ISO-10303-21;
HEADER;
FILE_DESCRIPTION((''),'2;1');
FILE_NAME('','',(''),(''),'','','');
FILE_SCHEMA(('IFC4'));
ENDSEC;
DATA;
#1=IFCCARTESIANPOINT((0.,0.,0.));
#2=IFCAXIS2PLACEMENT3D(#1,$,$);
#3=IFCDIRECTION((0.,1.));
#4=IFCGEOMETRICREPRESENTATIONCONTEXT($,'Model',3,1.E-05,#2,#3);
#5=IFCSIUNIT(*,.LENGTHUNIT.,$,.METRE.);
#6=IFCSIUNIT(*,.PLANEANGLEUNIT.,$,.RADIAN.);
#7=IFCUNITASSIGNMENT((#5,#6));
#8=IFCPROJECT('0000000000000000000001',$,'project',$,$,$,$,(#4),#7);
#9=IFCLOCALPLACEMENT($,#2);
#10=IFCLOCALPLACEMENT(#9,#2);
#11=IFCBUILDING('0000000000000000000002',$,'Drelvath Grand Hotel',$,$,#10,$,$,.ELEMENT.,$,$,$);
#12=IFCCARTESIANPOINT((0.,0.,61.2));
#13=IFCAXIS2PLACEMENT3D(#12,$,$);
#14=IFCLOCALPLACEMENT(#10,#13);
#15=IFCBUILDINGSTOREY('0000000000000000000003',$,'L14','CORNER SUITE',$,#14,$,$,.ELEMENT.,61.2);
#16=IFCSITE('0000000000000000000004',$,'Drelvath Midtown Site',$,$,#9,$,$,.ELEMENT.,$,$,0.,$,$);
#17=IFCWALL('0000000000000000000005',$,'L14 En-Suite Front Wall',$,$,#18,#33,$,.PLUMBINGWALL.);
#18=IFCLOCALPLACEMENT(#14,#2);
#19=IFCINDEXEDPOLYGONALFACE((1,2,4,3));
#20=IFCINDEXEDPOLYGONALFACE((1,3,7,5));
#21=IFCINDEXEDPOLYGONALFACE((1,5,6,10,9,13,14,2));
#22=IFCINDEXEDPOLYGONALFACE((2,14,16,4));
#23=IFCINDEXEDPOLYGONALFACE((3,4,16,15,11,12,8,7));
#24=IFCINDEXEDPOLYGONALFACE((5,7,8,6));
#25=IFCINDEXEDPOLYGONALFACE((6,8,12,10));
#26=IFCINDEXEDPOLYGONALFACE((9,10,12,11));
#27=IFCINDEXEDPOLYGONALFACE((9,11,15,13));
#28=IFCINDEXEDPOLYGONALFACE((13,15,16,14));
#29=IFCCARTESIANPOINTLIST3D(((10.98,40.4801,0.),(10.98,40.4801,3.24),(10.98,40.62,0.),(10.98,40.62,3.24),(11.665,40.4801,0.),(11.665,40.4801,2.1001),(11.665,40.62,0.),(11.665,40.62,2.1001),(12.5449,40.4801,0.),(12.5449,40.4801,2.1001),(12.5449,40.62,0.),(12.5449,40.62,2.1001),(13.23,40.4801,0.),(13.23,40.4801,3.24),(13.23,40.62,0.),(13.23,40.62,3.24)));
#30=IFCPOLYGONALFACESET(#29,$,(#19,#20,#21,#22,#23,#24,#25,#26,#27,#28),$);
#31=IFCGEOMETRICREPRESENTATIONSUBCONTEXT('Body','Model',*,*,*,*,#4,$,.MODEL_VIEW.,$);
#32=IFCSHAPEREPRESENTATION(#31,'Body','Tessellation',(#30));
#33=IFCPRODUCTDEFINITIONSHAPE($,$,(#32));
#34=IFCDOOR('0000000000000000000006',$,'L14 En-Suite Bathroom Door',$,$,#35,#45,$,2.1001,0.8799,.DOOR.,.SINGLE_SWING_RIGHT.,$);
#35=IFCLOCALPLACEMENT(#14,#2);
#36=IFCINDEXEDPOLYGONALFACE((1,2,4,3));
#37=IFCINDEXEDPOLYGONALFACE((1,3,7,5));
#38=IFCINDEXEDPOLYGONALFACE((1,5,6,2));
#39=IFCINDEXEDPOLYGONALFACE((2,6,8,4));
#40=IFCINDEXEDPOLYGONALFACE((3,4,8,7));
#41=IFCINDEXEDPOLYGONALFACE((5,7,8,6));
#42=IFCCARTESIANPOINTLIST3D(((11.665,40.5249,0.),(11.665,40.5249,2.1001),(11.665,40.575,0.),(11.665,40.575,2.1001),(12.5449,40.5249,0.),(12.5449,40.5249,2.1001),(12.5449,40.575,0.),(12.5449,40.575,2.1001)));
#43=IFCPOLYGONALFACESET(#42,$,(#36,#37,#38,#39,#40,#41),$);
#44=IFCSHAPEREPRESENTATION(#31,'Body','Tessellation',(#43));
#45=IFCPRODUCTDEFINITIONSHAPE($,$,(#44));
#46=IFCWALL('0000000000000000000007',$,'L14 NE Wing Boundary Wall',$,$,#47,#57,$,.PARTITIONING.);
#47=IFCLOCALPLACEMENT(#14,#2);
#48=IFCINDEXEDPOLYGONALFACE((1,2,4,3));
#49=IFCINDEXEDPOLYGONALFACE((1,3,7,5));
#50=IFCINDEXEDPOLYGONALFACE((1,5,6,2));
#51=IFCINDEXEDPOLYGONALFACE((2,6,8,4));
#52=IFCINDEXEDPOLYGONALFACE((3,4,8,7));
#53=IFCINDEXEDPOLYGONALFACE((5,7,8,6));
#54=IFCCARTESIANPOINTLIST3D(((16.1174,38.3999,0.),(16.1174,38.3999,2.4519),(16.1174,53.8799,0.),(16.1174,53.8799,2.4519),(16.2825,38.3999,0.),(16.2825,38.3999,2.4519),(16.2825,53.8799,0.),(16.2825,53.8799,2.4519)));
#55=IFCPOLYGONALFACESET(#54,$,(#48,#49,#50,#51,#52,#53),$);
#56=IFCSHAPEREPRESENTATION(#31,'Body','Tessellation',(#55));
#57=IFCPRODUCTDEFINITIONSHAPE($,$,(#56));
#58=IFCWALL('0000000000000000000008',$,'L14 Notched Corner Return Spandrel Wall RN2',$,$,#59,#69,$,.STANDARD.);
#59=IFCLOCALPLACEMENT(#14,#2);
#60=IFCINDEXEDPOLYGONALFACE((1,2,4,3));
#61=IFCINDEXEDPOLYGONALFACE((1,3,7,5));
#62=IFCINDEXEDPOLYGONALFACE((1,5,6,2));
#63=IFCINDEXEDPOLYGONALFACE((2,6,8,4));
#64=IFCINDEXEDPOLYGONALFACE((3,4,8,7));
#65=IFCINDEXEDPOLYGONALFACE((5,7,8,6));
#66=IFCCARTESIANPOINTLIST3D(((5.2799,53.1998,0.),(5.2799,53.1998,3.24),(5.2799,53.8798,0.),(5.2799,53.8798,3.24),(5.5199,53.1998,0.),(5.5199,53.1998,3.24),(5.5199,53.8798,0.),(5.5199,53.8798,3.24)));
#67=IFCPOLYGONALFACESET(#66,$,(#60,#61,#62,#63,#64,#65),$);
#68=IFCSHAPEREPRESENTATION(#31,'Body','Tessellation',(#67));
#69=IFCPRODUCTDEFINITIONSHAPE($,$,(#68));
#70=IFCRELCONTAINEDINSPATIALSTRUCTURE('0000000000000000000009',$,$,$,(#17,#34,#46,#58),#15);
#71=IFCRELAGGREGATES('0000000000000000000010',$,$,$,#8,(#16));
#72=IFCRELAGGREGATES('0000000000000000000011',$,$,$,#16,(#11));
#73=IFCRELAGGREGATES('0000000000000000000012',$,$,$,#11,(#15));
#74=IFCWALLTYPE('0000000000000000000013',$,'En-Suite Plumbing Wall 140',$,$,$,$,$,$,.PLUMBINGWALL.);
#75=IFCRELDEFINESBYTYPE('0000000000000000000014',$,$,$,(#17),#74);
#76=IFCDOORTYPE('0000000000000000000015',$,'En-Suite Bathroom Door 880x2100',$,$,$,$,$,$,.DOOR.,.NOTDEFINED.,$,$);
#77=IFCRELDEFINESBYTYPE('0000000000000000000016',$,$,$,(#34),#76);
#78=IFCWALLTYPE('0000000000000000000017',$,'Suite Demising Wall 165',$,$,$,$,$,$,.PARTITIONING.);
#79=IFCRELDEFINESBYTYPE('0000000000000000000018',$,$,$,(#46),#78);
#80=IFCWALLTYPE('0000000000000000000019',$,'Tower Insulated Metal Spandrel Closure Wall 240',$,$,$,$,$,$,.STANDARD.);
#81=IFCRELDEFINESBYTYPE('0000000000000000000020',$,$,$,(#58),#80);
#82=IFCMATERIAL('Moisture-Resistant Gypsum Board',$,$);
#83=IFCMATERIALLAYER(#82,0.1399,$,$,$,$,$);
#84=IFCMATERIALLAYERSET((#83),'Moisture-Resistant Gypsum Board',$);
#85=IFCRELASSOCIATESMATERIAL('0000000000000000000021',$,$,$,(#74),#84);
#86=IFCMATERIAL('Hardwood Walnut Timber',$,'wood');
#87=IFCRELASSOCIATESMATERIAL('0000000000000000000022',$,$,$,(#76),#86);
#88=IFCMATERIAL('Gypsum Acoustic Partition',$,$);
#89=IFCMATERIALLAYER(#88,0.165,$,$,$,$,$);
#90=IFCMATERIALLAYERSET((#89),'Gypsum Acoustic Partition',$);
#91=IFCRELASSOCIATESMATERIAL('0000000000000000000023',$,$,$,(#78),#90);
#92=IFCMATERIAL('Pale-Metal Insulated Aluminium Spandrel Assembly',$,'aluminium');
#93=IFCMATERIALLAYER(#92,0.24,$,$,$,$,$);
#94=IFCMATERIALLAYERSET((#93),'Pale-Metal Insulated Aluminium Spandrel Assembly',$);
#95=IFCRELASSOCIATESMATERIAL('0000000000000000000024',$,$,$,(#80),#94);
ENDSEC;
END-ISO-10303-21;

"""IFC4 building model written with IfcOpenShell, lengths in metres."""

from ifc_helpers import new_model, si_unit, direction, frame, frame_2d, origin, place, context, subcontext, project, spatial, rectangle, extrude, material, layer, layer_set, type_object, element, fill, save


model = new_model("IFC4")

# Units and contexts
model_context = context("Model", 3, precision=1e-05, world=origin(), true_north=direction((0.0, 1.0)))
body_context = subcontext(model_context, "Body", "Model", "MODEL_VIEW")
ifc_project = project(units=[si_unit("LENGTHUNIT", "METRE"), si_unit("PLANEANGLEUNIT", "RADIAN")], contexts=[model_context])

# Site, building, storey
site_placement = place(None, origin())
site = spatial("IfcSite", under=ifc_project, at=site_placement, Name="Drelvath Midtown Site", CompositionType="ELEMENT", RefElevation=0.0)
building_placement = place(site_placement, origin())
building = spatial("IfcBuilding", under=site, at=building_placement, Name="Drelvath Grand Hotel", CompositionType="ELEMENT")
storey_placement = place(building_placement, frame((0.0, 0.0, 61.2)))
storey = spatial("IfcBuildingStorey", under=building, at=storey_placement, Name="L14", Description="CORNER SUITE", CompositionType="ELEMENT", Elevation=61.2)

# Shared definitions
ifc_material_1 = material(Name="Moisture-Resistant Gypsum Board")
ifc_layer_1 = layer(ifc_material_1, 0.1399)
ifc_layer_set_1 = layer_set([ifc_layer_1], Name="Moisture-Resistant Gypsum Board")
wall_type_1 = type_object("IfcWallType", Name="En-Suite Plumbing Wall 140", PredefinedType="PLUMBINGWALL", material=ifc_layer_set_1)
ifc_material_2 = material(Name="Hardwood Walnut Timber", Category="wood")
door_type = type_object("IfcDoorType", Name="En-Suite Bathroom Door 880x2100", OperationType="NOTDEFINED", PredefinedType="DOOR", material=ifc_material_2)

# Wall, opening, door
wall_1_placement = place(storey_placement, frame((10.98, 40.55, 0.0), z_axis=(0.0, 0.0, 1.0), x_axis=(1.0, 0.0, 0.0)))
wall_1 = element("IfcWall", 1, at=wall_1_placement, inside=storey, type_object=wall_type_1, Name="L14 En-Suite Front Wall", PredefinedType="PLUMBINGWALL", context=body_context, shape_type="SweptSolid", body=[
    extrude(rectangle(XDim=2.25, YDim=0.1399, at=frame_2d((1.125, 0.0))), origin(), (0.0, 0.0, 1.0), 3.24),
])
opening_1_placement = place(wall_1_placement, frame((0.6851, 0.0, 0.0)))
opening_1 = element("IfcOpeningElement", 2, at=opening_1_placement, cuts=wall_1, PredefinedType="OPENING", context=body_context, shape_type="SweptSolid", body=[
    extrude(rectangle(XDim=0.8799, YDim=2.1001, at=frame_2d((0.4399, 1.05))), frame((0.0, 0.0798, 0.0), z_axis=(0.0, -1.0, 0.0), x_axis=(1.0, 0.0, 0.0)), (0.0, 0.0, 1.0), 0.1599),
])
door_1_placement = place(opening_1_placement, origin())
door_1 = element("IfcDoor", 3, at=door_1_placement, inside=storey, type_object=door_type, Name="L14 En-Suite Bathroom Door", OperationType="SINGLE_SWING_RIGHT", OverallHeight=2.1001, OverallWidth=0.8799, PredefinedType="DOOR", context=body_context, shape_type="SweptSolid", body=[
    extrude(rectangle(XDim=0.8799, YDim=2.1001, at=frame_2d((0.4399, 1.05))), frame((0.0, 0.0249, 0.0), z_axis=(0.0, -1.0, 0.0), x_axis=(1.0, 0.0, 0.0)), (0.0, 0.0, 1.0), 0.05),
])
fill(opening_1, door_1)

# Walls
ifc_material_3 = material(Name="Gypsum Acoustic Partition")
ifc_layer_2 = layer(ifc_material_3, 0.165)
ifc_layer_set_2 = layer_set([ifc_layer_2], Name="Gypsum Acoustic Partition")
wall_type_2 = type_object("IfcWallType", Name="Suite Demising Wall 165", PredefinedType="PARTITIONING", material=ifc_layer_set_2)
wall_2_placement = place(storey_placement, frame((16.2, 38.3999, 0.0), z_axis=(0.0, 0.0, 1.0), x_axis=(0.0, 1.0, 0.0)))
element("IfcWall", 4, at=wall_2_placement, inside=storey, type_object=wall_type_2, Name="L14 NE Wing Boundary Wall", PredefinedType="PARTITIONING", context=body_context, shape_type="SweptSolid", body=[
    extrude(rectangle(XDim=15.48, YDim=0.165, at=frame_2d((7.74, 0.0))), origin(), (0.0, 0.0, 1.0), 2.4519),
])
ifc_material_4 = material(Name="Pale-Metal Insulated Aluminium Spandrel Assembly", Category="aluminium")
ifc_layer_3 = layer(ifc_material_4, 0.24)
ifc_layer_set_3 = layer_set([ifc_layer_3], Name="Pale-Metal Insulated Aluminium Spandrel Assembly")
wall_type_3 = type_object("IfcWallType", Name="Tower Insulated Metal Spandrel Closure Wall 240", PredefinedType="STANDARD", material=ifc_layer_set_3)
wall_3_placement = place(storey_placement, frame((5.3999, 53.2, 0.0), z_axis=(0.0, 0.0, 1.0), x_axis=(0.0, 1.0, 0.0)))
element("IfcWall", 5, at=wall_3_placement, inside=storey, type_object=wall_type_3, Name="L14 Notched Corner Return Spandrel Wall RN2", PredefinedType="STANDARD", context=body_context, shape_type="SweptSolid", body=[
    extrude(rectangle(XDim=0.6799, YDim=0.24, at=frame_2d((0.3398, 0.0))), origin(), (0.0, 0.0, 1.0), 3.24),
])

save(model, "model.ifc")
